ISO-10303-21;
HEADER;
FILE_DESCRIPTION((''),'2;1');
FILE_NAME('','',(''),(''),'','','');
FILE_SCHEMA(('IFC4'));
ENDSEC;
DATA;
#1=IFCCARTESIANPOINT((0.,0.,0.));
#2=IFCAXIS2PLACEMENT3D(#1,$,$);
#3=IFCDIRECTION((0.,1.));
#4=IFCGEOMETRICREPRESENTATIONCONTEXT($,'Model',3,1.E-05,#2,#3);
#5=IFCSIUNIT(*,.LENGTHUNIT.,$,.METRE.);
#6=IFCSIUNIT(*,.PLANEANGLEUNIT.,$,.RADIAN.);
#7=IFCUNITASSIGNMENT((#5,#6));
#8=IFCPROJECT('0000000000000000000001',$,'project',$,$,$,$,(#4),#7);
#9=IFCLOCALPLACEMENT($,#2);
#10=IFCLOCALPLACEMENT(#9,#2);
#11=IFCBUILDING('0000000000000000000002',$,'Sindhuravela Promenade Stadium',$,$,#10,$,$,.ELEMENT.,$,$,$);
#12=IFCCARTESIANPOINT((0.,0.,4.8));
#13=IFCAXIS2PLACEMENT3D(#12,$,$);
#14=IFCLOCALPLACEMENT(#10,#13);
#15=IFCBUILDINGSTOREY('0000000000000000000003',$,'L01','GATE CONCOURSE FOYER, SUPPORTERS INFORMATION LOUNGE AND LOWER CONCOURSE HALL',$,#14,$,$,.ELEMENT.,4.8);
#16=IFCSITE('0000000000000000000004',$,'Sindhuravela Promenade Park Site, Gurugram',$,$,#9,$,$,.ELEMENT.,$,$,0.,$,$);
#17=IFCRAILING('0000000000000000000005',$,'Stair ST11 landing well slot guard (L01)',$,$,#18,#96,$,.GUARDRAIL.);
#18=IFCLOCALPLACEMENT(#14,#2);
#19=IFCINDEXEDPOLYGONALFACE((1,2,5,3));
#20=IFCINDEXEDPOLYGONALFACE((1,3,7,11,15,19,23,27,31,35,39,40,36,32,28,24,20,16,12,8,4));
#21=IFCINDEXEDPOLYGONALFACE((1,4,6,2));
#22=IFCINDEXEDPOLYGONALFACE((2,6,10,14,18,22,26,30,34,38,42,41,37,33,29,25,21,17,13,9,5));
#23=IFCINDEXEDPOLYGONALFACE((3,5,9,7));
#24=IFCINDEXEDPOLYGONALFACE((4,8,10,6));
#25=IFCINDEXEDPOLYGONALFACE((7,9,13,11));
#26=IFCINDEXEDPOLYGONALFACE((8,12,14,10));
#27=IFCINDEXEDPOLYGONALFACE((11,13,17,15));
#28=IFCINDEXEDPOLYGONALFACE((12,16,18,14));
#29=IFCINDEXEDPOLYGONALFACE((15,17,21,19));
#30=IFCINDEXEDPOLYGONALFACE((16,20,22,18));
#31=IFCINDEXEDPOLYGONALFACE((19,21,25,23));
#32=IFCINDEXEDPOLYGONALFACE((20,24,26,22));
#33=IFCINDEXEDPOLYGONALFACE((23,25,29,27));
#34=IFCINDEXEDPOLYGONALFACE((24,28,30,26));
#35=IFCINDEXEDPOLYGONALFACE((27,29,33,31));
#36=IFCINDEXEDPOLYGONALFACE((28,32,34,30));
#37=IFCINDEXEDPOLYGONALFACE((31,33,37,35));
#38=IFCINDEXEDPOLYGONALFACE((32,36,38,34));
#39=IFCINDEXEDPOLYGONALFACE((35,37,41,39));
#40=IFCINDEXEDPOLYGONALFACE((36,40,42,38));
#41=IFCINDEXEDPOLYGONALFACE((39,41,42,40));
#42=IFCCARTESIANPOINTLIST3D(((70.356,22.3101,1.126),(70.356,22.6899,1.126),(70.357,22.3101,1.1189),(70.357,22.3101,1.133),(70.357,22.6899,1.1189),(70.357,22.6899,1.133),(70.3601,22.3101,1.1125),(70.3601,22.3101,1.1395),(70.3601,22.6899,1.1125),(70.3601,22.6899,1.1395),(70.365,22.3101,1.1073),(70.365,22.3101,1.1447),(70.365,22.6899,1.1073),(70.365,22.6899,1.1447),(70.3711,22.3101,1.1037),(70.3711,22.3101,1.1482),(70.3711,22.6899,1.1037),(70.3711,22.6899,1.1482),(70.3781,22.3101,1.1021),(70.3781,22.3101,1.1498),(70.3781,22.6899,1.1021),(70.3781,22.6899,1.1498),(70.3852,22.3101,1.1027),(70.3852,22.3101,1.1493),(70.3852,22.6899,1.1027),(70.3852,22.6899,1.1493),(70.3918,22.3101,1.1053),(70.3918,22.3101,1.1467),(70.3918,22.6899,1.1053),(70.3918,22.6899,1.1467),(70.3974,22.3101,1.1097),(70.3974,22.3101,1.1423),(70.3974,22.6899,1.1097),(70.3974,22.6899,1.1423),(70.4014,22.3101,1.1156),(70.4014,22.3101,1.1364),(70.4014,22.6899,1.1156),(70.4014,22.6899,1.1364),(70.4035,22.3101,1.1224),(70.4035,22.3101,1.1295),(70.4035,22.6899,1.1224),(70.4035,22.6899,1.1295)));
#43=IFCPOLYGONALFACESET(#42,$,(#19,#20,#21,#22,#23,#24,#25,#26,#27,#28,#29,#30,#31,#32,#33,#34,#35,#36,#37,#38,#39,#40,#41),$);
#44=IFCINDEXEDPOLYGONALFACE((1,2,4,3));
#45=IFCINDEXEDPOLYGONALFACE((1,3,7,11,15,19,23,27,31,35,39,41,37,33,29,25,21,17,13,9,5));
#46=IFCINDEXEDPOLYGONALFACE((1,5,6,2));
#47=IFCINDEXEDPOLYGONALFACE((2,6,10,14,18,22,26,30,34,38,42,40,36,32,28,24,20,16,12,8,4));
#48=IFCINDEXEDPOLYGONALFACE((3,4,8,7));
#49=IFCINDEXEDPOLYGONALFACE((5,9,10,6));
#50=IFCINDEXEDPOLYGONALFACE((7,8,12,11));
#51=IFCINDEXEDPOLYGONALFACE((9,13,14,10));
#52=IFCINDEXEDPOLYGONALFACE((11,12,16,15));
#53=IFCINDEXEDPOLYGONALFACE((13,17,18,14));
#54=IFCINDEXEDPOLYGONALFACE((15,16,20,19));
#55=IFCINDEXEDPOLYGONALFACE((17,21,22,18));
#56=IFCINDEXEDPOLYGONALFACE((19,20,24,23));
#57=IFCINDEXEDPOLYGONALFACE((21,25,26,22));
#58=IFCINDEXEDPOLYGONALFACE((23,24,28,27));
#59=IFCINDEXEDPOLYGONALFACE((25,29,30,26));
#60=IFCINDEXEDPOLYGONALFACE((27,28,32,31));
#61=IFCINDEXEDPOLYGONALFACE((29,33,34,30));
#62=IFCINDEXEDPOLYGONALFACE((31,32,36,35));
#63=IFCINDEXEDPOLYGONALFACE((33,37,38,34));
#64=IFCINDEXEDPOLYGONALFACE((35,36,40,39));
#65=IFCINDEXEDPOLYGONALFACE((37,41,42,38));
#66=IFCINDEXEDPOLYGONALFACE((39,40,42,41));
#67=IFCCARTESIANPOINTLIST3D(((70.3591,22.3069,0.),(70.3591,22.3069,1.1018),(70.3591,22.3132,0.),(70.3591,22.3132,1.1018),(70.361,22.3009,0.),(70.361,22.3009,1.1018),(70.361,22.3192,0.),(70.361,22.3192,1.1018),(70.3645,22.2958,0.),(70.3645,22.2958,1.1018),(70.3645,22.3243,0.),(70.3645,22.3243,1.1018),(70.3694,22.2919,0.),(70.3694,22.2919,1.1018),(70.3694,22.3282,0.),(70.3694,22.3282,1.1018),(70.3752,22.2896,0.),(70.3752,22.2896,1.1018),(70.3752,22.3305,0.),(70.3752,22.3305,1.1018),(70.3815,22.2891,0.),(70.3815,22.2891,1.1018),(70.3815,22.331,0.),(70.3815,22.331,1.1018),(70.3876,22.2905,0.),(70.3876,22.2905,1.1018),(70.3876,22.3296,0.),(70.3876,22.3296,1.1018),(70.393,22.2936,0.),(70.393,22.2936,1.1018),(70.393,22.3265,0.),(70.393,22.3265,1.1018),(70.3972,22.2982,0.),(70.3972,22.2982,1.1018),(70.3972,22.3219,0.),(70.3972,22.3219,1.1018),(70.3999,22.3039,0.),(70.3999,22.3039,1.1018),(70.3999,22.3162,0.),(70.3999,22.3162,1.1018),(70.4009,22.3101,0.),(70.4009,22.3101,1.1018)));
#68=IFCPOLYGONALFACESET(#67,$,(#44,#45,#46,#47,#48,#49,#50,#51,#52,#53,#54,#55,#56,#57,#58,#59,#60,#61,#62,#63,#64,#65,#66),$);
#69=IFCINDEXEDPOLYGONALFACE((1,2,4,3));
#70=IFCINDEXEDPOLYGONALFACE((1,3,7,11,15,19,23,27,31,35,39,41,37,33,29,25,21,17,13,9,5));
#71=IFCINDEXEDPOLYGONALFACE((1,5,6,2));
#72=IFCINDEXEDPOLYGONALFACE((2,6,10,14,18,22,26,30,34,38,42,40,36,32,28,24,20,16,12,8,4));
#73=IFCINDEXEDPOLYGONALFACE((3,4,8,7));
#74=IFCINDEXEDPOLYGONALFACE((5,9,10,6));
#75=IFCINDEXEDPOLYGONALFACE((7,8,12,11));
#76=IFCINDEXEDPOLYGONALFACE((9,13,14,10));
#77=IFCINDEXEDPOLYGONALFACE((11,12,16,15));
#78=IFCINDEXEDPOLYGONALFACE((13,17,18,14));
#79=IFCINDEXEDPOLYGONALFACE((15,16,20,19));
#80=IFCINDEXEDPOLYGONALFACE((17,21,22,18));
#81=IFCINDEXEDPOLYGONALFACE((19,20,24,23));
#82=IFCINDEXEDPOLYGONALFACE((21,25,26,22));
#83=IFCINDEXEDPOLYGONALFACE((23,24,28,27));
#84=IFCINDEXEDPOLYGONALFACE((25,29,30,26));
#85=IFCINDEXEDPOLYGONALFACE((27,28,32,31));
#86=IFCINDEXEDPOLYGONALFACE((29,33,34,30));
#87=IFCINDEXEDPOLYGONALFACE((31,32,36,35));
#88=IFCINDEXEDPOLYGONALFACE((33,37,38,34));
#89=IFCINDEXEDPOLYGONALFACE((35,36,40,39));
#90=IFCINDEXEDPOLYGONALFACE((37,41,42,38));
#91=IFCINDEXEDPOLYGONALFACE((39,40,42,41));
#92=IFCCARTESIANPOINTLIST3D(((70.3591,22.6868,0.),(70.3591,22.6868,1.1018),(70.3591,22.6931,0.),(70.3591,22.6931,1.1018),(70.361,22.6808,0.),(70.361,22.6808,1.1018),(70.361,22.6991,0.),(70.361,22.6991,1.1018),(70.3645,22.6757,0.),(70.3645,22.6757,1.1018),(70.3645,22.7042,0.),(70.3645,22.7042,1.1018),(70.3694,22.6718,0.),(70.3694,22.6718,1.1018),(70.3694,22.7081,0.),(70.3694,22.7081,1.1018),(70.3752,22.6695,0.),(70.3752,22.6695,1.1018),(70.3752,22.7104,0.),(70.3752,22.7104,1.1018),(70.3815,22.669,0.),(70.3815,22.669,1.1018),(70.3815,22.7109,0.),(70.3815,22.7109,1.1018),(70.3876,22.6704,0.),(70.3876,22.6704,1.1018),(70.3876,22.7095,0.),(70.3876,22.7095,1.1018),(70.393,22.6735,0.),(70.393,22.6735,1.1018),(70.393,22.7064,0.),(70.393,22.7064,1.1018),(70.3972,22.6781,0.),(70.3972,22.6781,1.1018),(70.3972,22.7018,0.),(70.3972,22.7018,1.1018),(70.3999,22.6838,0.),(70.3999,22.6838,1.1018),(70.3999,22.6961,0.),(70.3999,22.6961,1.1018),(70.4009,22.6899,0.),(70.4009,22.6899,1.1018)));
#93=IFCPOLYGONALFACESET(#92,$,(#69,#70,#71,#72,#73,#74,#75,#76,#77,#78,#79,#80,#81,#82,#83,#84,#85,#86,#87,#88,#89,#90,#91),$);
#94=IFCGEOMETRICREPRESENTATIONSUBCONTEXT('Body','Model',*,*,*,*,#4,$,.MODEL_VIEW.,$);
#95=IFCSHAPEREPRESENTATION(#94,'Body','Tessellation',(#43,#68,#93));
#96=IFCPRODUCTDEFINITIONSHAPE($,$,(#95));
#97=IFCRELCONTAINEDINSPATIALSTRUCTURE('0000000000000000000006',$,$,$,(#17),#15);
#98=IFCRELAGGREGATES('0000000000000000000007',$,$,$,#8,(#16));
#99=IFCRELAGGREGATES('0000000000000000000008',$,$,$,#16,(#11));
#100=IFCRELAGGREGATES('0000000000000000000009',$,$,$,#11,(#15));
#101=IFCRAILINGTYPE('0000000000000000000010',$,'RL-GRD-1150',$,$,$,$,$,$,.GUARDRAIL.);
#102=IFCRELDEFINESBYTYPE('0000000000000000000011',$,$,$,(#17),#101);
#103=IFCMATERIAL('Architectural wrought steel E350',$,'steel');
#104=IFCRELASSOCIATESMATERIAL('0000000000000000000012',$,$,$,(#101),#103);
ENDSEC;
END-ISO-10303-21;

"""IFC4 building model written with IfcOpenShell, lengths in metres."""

from ifc_helpers import new_model, si_unit, direction, frame, origin, origin_2d, place, context, subcontext, project, spatial, circle, extrude, material, type_object, element, save


model = new_model("IFC4")

# Units and contexts
model_context = context("Model", 3, precision=1e-05, world=origin(), true_north=direction((0.0, 1.0)))
body_context = subcontext(model_context, "Body", "Model", "MODEL_VIEW")
ifc_project = project(units=[si_unit("LENGTHUNIT", "METRE"), si_unit("PLANEANGLEUNIT", "RADIAN")], contexts=[model_context])

# Site, building, storey
site_placement = place(None, origin())
site = spatial("IfcSite", under=ifc_project, at=site_placement, Name="Sindhuravela Promenade Park Site, Gurugram", CompositionType="ELEMENT", RefElevation=0.0)
building_placement = place(site_placement, origin())
building = spatial("IfcBuilding", under=site, at=building_placement, Name="Sindhuravela Promenade Stadium", CompositionType="ELEMENT")
storey_placement = place(building_placement, frame((0.0, 0.0, 4.8)))
storey = spatial("IfcBuildingStorey", under=building, at=storey_placement, Name="L01", Description="GATE CONCOURSE FOYER, SUPPORTERS INFORMATION LOUNGE AND LOWER CONCOURSE HALL", CompositionType="ELEMENT", Elevation=4.8)

# Shared definitions
ifc_material_1 = material(Name="Architectural wrought steel E350", Category="steel")

# Railing
railing_type_1 = type_object("IfcRailingType", Name="RL-GRD-1150", PredefinedType="GUARDRAIL", material=ifc_material_1)
railing_1_placement = place(storey_placement, frame((70.3799, 22.3101, 0.0)))
element("IfcRailing", 1, at=railing_1_placement, inside=storey, type_object=railing_type_1, Name="Stair ST11 landing well slot guard (L01)", PredefinedType="GUARDRAIL", context=body_context, shape_type="SweptSolid", body=[
    extrude(circle(Radius=0.0239, at=origin_2d()), frame((0.0, 0.0, 1.126), z_axis=(0.0, 1.0, 0.0), x_axis=(-1.0, 0.0, 0.0)), (0.0, 0.0, 1.0), 0.3799),
    extrude(circle(Radius=0.021, at=origin_2d()), origin(), (0.0, 0.0, 1.0), 1.1018),
    extrude(circle(Radius=0.021, at=origin_2d()), frame((0.0, 0.3799, 0.0)), (0.0, 0.0, 1.0), 1.1018),
])

save(model, "model.ifc")
